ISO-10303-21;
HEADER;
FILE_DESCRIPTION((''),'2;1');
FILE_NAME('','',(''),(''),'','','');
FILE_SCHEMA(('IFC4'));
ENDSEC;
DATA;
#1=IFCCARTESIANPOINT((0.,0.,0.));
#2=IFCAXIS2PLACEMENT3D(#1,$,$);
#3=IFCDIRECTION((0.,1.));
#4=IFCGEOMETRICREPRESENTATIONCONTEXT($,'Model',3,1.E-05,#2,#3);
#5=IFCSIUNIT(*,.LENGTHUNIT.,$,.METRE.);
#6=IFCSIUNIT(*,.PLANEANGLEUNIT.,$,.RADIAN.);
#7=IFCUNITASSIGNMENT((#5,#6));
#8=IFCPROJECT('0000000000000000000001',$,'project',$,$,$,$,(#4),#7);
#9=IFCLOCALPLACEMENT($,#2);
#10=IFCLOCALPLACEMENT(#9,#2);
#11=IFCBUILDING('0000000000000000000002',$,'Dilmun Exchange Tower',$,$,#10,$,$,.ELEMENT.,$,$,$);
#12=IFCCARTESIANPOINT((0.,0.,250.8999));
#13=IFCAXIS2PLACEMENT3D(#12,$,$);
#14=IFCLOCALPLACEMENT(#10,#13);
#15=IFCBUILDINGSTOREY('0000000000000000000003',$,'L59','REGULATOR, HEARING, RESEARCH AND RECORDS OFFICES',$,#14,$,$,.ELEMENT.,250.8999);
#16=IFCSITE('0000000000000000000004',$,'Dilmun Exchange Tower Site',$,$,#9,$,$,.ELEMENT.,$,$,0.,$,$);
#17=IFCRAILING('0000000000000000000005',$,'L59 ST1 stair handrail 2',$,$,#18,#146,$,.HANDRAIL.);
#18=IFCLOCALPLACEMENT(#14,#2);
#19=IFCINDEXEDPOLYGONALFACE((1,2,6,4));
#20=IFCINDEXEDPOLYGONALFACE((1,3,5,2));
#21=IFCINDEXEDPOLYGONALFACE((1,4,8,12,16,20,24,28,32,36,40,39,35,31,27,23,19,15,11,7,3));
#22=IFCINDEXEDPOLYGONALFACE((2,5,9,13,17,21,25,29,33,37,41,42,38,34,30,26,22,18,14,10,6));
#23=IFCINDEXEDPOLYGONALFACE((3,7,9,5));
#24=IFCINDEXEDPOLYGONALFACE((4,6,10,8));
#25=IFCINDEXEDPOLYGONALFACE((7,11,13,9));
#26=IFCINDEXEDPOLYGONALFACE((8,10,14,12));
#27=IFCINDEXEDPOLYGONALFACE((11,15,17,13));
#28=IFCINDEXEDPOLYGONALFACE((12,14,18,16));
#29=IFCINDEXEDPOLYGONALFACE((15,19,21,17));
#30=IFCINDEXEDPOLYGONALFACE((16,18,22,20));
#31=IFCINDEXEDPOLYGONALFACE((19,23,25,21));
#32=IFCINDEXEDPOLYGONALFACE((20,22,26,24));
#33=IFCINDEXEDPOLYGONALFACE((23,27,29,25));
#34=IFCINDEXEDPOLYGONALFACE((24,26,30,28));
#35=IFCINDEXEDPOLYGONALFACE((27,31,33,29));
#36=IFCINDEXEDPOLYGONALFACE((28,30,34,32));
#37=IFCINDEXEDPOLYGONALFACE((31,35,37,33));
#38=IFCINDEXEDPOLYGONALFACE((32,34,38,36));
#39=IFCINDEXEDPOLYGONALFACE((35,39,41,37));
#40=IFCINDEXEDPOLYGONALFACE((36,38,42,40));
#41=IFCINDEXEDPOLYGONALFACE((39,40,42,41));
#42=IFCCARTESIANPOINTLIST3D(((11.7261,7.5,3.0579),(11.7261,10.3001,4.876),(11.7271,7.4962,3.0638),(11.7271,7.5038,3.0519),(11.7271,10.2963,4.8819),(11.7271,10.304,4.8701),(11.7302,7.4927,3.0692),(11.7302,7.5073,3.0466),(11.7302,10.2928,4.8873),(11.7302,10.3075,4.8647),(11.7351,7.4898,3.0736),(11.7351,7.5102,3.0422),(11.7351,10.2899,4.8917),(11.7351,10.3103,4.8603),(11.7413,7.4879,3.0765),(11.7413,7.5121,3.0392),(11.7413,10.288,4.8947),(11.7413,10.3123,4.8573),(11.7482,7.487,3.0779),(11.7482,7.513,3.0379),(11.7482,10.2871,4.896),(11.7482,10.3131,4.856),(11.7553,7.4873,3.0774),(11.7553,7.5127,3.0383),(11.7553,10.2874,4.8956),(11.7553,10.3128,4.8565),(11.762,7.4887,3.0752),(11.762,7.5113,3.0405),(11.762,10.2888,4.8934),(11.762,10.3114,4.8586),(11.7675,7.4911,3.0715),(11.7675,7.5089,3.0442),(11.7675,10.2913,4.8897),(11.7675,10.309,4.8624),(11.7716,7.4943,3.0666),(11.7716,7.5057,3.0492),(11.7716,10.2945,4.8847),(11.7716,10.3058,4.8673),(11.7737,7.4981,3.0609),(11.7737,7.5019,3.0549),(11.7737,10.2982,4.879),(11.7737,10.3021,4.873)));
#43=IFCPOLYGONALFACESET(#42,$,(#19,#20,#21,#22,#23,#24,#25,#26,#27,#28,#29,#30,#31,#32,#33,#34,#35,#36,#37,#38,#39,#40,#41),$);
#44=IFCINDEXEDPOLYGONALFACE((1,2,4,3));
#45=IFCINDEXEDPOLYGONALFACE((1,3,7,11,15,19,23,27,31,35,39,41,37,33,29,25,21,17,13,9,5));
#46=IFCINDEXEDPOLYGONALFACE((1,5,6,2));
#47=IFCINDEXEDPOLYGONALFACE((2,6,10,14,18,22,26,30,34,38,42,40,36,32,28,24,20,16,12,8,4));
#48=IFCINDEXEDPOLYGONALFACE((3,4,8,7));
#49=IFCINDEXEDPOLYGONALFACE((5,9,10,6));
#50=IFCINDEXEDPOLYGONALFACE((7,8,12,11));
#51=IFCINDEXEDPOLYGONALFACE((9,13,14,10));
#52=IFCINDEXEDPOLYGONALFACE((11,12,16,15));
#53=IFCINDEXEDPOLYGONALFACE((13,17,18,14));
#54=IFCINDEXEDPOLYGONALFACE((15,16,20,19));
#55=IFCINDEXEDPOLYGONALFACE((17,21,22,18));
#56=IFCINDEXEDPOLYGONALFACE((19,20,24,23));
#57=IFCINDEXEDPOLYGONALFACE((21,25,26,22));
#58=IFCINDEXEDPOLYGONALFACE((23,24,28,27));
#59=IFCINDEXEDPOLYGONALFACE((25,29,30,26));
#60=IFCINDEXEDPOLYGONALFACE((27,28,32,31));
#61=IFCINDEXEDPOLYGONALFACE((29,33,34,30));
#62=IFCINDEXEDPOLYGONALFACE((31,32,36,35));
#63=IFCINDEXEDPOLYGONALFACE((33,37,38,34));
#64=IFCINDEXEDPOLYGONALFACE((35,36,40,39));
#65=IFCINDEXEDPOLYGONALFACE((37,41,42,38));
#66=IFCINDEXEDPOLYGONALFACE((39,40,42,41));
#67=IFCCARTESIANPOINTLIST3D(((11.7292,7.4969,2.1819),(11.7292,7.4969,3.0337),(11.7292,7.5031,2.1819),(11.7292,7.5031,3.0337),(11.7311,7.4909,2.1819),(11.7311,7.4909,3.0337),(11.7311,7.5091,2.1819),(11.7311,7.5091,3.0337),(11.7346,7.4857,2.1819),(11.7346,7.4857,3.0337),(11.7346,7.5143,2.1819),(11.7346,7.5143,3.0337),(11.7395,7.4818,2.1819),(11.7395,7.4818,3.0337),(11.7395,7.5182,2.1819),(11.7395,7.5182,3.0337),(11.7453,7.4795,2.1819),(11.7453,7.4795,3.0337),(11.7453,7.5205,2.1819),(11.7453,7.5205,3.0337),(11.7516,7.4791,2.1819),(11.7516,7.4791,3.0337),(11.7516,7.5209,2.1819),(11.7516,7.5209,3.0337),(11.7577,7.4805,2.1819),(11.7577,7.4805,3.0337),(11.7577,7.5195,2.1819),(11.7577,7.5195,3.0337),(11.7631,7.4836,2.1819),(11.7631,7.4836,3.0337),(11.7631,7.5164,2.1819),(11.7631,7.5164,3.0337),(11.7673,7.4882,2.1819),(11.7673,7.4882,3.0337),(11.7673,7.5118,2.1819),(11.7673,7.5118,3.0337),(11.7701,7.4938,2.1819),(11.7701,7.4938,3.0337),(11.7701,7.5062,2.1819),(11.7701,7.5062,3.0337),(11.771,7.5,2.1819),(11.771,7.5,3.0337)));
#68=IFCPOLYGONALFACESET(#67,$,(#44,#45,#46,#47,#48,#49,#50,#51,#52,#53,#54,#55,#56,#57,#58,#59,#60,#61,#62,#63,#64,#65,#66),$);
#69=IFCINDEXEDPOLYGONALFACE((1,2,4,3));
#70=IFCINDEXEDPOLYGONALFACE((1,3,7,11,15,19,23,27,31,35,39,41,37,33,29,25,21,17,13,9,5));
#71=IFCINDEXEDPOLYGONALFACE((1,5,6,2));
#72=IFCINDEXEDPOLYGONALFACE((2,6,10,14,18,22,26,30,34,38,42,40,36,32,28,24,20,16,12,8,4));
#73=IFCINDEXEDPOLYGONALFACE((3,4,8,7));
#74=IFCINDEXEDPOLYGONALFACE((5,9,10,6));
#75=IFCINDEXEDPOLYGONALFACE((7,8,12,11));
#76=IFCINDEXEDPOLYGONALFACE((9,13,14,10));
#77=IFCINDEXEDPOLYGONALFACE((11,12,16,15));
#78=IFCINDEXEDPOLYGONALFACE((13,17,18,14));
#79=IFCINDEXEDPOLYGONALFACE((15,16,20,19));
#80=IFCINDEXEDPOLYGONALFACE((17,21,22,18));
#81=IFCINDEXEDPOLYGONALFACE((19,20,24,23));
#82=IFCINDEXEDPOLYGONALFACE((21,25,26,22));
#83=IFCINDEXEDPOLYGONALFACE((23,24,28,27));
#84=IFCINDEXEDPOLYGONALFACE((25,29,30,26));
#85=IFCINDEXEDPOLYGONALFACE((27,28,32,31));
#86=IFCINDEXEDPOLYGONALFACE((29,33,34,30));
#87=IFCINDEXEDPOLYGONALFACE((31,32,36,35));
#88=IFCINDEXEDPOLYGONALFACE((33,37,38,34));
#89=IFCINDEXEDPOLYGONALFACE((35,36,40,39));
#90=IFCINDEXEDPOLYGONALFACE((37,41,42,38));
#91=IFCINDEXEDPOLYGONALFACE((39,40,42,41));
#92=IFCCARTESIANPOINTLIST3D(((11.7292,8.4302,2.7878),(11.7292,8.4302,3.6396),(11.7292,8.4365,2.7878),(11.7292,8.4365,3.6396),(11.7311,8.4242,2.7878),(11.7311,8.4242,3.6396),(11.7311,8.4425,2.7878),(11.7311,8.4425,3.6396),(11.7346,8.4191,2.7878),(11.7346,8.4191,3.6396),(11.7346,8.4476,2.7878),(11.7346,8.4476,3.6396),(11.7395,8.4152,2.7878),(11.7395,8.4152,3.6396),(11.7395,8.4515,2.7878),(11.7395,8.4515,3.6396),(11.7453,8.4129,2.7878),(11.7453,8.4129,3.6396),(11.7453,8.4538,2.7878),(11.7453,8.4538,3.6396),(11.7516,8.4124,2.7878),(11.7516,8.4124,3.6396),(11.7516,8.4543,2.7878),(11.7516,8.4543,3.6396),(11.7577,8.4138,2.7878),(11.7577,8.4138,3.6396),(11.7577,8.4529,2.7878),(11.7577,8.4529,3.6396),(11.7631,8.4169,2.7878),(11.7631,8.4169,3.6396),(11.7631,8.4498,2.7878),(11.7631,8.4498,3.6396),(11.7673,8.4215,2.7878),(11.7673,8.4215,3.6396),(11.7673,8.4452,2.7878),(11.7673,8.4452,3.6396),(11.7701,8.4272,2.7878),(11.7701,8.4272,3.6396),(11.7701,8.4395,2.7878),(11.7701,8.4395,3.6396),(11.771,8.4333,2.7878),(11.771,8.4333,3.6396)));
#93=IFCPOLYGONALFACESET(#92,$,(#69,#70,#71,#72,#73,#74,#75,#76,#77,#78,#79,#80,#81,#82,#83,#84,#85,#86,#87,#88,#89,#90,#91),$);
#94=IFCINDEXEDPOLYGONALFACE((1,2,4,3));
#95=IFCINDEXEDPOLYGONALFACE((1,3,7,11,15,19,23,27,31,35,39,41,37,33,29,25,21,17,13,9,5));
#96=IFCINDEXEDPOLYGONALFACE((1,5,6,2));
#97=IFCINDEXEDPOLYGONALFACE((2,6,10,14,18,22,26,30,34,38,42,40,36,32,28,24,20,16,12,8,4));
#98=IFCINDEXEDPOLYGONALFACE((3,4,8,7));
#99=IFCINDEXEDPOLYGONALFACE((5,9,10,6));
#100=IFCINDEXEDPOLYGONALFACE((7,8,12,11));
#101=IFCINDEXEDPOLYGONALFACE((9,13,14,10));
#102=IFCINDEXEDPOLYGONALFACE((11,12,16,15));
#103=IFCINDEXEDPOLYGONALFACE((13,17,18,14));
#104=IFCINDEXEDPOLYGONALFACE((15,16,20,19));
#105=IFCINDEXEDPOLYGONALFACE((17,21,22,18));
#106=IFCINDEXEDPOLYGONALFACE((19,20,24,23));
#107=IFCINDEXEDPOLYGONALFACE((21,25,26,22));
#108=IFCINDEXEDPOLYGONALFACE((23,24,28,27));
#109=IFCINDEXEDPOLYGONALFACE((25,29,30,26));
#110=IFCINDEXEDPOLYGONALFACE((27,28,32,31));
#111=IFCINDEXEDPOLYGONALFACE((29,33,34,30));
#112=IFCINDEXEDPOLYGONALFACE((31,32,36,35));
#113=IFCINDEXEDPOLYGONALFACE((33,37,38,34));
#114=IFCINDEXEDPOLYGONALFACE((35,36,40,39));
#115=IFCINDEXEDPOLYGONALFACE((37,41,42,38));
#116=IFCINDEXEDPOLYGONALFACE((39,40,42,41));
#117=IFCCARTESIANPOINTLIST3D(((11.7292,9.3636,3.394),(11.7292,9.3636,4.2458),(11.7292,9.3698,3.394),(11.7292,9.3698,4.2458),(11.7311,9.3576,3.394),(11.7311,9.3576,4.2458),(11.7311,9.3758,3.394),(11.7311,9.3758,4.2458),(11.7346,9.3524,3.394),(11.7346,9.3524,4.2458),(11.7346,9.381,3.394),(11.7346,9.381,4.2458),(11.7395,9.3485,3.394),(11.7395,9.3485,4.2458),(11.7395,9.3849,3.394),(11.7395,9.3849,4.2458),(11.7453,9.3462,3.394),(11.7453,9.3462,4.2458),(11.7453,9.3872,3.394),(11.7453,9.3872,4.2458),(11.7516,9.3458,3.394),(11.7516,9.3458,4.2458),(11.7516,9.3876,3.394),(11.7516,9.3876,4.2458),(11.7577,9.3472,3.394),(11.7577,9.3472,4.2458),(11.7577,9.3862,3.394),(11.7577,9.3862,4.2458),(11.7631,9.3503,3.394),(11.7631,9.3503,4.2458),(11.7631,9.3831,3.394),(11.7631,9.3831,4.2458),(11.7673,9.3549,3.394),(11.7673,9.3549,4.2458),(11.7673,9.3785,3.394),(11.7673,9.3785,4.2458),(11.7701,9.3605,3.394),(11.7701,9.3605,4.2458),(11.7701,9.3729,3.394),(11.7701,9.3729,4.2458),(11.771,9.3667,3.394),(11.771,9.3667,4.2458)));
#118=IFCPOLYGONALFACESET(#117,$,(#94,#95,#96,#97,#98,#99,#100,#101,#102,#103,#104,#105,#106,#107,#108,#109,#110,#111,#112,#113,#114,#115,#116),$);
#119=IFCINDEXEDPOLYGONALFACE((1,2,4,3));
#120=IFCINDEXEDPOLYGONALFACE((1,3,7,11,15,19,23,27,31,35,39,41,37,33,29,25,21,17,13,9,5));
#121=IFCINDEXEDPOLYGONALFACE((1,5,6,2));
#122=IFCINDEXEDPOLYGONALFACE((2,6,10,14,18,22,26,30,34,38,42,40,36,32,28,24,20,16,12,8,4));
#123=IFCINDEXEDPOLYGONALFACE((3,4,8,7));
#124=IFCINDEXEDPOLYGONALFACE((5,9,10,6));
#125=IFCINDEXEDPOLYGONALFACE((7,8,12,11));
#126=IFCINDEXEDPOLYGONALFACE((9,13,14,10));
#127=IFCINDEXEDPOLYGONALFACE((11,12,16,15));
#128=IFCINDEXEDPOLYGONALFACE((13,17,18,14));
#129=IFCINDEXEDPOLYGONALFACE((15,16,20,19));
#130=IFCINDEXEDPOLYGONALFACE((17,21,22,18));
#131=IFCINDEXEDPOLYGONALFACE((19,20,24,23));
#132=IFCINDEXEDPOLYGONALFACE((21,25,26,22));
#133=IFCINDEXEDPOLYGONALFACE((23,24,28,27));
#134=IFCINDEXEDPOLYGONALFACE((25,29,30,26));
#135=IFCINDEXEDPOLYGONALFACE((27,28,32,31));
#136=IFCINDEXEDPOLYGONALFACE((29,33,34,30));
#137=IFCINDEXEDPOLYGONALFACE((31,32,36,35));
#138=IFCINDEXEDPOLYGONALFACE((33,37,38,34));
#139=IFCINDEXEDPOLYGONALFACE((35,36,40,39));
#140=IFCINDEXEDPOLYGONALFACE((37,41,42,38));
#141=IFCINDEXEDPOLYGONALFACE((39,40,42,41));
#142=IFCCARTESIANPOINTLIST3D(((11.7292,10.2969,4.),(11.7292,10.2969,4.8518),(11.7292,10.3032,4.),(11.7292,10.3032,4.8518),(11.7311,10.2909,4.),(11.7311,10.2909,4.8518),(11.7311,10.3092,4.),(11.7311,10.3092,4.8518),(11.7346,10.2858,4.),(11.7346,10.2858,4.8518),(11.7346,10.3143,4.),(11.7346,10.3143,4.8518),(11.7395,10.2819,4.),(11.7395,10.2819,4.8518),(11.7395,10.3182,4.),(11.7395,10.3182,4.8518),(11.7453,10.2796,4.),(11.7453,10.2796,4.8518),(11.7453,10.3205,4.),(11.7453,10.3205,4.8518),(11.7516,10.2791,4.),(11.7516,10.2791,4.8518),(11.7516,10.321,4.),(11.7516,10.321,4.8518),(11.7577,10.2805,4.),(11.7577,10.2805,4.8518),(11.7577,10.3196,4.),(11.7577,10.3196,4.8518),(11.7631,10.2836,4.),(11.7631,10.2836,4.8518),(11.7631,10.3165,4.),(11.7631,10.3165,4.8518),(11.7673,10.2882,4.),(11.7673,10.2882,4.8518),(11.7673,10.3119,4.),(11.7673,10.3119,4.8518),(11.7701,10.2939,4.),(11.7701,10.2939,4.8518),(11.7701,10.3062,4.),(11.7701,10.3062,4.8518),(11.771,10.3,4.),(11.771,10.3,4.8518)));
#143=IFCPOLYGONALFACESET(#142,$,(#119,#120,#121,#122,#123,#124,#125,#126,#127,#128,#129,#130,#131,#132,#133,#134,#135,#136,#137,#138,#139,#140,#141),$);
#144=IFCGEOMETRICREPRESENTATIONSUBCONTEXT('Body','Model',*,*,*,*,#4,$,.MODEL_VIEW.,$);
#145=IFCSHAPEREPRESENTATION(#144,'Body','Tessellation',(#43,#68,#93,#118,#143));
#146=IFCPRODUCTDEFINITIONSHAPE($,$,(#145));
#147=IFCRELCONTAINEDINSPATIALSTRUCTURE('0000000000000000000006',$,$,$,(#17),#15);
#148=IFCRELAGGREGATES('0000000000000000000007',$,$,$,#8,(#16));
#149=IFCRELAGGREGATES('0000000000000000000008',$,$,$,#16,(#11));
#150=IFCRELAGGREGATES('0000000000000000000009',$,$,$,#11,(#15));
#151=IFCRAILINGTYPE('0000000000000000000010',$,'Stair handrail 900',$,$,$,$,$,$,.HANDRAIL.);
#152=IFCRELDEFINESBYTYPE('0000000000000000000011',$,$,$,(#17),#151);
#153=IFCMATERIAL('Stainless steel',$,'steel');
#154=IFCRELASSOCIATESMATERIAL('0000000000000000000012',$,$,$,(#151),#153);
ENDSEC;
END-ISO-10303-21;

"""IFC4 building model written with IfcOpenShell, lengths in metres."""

from ifc_helpers import new_model, si_unit, direction, frame, origin, origin_2d, place, context, subcontext, project, spatial, circle, extrude, material, type_object, element, save


model = new_model("IFC4")

# Units and contexts
model_context = context("Model", 3, precision=1e-05, world=origin(), true_north=direction((0.0, 1.0)))
body_context = subcontext(model_context, "Body", "Model", "MODEL_VIEW")
ifc_project = project(units=[si_unit("LENGTHUNIT", "METRE"), si_unit("PLANEANGLEUNIT", "RADIAN")], contexts=[model_context])

# Site, building, storey
site_placement = place(None, origin())
site = spatial("IfcSite", under=ifc_project, at=site_placement, Name="Dilmun Exchange Tower Site", CompositionType="ELEMENT", RefElevation=0.0)
building_placement = place(site_placement, origin())
building = spatial("IfcBuilding", under=site, at=building_placement, Name="Dilmun Exchange Tower", CompositionType="ELEMENT")
storey_placement = place(building_placement, frame((0.0, 0.0, 250.8999)))
storey = spatial("IfcBuildingStorey", under=building, at=storey_placement, Name="L59", Description="REGULATOR, HEARING, RESEARCH AND RECORDS OFFICES", CompositionType="ELEMENT", Elevation=250.8999)

# Railing
ifc_material_1 = material(Name="Stainless steel", Category="steel")
railing_type = type_object("IfcRailingType", Name="Stair handrail 900", PredefinedType="HANDRAIL", material=ifc_material_1)
railing_1_placement = place(storey_placement, frame((11.75, 7.5, 2.1819)))
element("IfcRailing", 1, at=railing_1_placement, inside=storey, type_object=railing_type, Name="L59 ST1 stair handrail 2", PredefinedType="HANDRAIL", context=body_context, shape_type="SweptSolid", body=[
    extrude(circle(Radius=0.0239, at=origin_2d()), frame((0.0, 0.0, 0.876), z_axis=(0.0, 0.838706, 0.544585), x_axis=(-1.0, 0.0, 0.0)), (0.0, 0.0, 1.0), 3.3386),
    extrude(circle(Radius=0.021, at=origin_2d()), origin(), (0.0, 0.0, 1.0), 0.8518),
    extrude(circle(Radius=0.021, at=origin_2d()), frame((0.0, 0.9333, 0.606)), (0.0, 0.0, 1.0), 0.8518),
    extrude(circle(Radius=0.021, at=origin_2d()), frame((0.0, 1.8667, 1.2122)), (0.0, 0.0, 1.0), 0.8518),
    extrude(circle(Radius=0.021, at=origin_2d()), frame((0.0, 2.8, 1.8181)), (0.0, 0.0, 1.0), 0.8518),
])

save(model, "model.ifc")
